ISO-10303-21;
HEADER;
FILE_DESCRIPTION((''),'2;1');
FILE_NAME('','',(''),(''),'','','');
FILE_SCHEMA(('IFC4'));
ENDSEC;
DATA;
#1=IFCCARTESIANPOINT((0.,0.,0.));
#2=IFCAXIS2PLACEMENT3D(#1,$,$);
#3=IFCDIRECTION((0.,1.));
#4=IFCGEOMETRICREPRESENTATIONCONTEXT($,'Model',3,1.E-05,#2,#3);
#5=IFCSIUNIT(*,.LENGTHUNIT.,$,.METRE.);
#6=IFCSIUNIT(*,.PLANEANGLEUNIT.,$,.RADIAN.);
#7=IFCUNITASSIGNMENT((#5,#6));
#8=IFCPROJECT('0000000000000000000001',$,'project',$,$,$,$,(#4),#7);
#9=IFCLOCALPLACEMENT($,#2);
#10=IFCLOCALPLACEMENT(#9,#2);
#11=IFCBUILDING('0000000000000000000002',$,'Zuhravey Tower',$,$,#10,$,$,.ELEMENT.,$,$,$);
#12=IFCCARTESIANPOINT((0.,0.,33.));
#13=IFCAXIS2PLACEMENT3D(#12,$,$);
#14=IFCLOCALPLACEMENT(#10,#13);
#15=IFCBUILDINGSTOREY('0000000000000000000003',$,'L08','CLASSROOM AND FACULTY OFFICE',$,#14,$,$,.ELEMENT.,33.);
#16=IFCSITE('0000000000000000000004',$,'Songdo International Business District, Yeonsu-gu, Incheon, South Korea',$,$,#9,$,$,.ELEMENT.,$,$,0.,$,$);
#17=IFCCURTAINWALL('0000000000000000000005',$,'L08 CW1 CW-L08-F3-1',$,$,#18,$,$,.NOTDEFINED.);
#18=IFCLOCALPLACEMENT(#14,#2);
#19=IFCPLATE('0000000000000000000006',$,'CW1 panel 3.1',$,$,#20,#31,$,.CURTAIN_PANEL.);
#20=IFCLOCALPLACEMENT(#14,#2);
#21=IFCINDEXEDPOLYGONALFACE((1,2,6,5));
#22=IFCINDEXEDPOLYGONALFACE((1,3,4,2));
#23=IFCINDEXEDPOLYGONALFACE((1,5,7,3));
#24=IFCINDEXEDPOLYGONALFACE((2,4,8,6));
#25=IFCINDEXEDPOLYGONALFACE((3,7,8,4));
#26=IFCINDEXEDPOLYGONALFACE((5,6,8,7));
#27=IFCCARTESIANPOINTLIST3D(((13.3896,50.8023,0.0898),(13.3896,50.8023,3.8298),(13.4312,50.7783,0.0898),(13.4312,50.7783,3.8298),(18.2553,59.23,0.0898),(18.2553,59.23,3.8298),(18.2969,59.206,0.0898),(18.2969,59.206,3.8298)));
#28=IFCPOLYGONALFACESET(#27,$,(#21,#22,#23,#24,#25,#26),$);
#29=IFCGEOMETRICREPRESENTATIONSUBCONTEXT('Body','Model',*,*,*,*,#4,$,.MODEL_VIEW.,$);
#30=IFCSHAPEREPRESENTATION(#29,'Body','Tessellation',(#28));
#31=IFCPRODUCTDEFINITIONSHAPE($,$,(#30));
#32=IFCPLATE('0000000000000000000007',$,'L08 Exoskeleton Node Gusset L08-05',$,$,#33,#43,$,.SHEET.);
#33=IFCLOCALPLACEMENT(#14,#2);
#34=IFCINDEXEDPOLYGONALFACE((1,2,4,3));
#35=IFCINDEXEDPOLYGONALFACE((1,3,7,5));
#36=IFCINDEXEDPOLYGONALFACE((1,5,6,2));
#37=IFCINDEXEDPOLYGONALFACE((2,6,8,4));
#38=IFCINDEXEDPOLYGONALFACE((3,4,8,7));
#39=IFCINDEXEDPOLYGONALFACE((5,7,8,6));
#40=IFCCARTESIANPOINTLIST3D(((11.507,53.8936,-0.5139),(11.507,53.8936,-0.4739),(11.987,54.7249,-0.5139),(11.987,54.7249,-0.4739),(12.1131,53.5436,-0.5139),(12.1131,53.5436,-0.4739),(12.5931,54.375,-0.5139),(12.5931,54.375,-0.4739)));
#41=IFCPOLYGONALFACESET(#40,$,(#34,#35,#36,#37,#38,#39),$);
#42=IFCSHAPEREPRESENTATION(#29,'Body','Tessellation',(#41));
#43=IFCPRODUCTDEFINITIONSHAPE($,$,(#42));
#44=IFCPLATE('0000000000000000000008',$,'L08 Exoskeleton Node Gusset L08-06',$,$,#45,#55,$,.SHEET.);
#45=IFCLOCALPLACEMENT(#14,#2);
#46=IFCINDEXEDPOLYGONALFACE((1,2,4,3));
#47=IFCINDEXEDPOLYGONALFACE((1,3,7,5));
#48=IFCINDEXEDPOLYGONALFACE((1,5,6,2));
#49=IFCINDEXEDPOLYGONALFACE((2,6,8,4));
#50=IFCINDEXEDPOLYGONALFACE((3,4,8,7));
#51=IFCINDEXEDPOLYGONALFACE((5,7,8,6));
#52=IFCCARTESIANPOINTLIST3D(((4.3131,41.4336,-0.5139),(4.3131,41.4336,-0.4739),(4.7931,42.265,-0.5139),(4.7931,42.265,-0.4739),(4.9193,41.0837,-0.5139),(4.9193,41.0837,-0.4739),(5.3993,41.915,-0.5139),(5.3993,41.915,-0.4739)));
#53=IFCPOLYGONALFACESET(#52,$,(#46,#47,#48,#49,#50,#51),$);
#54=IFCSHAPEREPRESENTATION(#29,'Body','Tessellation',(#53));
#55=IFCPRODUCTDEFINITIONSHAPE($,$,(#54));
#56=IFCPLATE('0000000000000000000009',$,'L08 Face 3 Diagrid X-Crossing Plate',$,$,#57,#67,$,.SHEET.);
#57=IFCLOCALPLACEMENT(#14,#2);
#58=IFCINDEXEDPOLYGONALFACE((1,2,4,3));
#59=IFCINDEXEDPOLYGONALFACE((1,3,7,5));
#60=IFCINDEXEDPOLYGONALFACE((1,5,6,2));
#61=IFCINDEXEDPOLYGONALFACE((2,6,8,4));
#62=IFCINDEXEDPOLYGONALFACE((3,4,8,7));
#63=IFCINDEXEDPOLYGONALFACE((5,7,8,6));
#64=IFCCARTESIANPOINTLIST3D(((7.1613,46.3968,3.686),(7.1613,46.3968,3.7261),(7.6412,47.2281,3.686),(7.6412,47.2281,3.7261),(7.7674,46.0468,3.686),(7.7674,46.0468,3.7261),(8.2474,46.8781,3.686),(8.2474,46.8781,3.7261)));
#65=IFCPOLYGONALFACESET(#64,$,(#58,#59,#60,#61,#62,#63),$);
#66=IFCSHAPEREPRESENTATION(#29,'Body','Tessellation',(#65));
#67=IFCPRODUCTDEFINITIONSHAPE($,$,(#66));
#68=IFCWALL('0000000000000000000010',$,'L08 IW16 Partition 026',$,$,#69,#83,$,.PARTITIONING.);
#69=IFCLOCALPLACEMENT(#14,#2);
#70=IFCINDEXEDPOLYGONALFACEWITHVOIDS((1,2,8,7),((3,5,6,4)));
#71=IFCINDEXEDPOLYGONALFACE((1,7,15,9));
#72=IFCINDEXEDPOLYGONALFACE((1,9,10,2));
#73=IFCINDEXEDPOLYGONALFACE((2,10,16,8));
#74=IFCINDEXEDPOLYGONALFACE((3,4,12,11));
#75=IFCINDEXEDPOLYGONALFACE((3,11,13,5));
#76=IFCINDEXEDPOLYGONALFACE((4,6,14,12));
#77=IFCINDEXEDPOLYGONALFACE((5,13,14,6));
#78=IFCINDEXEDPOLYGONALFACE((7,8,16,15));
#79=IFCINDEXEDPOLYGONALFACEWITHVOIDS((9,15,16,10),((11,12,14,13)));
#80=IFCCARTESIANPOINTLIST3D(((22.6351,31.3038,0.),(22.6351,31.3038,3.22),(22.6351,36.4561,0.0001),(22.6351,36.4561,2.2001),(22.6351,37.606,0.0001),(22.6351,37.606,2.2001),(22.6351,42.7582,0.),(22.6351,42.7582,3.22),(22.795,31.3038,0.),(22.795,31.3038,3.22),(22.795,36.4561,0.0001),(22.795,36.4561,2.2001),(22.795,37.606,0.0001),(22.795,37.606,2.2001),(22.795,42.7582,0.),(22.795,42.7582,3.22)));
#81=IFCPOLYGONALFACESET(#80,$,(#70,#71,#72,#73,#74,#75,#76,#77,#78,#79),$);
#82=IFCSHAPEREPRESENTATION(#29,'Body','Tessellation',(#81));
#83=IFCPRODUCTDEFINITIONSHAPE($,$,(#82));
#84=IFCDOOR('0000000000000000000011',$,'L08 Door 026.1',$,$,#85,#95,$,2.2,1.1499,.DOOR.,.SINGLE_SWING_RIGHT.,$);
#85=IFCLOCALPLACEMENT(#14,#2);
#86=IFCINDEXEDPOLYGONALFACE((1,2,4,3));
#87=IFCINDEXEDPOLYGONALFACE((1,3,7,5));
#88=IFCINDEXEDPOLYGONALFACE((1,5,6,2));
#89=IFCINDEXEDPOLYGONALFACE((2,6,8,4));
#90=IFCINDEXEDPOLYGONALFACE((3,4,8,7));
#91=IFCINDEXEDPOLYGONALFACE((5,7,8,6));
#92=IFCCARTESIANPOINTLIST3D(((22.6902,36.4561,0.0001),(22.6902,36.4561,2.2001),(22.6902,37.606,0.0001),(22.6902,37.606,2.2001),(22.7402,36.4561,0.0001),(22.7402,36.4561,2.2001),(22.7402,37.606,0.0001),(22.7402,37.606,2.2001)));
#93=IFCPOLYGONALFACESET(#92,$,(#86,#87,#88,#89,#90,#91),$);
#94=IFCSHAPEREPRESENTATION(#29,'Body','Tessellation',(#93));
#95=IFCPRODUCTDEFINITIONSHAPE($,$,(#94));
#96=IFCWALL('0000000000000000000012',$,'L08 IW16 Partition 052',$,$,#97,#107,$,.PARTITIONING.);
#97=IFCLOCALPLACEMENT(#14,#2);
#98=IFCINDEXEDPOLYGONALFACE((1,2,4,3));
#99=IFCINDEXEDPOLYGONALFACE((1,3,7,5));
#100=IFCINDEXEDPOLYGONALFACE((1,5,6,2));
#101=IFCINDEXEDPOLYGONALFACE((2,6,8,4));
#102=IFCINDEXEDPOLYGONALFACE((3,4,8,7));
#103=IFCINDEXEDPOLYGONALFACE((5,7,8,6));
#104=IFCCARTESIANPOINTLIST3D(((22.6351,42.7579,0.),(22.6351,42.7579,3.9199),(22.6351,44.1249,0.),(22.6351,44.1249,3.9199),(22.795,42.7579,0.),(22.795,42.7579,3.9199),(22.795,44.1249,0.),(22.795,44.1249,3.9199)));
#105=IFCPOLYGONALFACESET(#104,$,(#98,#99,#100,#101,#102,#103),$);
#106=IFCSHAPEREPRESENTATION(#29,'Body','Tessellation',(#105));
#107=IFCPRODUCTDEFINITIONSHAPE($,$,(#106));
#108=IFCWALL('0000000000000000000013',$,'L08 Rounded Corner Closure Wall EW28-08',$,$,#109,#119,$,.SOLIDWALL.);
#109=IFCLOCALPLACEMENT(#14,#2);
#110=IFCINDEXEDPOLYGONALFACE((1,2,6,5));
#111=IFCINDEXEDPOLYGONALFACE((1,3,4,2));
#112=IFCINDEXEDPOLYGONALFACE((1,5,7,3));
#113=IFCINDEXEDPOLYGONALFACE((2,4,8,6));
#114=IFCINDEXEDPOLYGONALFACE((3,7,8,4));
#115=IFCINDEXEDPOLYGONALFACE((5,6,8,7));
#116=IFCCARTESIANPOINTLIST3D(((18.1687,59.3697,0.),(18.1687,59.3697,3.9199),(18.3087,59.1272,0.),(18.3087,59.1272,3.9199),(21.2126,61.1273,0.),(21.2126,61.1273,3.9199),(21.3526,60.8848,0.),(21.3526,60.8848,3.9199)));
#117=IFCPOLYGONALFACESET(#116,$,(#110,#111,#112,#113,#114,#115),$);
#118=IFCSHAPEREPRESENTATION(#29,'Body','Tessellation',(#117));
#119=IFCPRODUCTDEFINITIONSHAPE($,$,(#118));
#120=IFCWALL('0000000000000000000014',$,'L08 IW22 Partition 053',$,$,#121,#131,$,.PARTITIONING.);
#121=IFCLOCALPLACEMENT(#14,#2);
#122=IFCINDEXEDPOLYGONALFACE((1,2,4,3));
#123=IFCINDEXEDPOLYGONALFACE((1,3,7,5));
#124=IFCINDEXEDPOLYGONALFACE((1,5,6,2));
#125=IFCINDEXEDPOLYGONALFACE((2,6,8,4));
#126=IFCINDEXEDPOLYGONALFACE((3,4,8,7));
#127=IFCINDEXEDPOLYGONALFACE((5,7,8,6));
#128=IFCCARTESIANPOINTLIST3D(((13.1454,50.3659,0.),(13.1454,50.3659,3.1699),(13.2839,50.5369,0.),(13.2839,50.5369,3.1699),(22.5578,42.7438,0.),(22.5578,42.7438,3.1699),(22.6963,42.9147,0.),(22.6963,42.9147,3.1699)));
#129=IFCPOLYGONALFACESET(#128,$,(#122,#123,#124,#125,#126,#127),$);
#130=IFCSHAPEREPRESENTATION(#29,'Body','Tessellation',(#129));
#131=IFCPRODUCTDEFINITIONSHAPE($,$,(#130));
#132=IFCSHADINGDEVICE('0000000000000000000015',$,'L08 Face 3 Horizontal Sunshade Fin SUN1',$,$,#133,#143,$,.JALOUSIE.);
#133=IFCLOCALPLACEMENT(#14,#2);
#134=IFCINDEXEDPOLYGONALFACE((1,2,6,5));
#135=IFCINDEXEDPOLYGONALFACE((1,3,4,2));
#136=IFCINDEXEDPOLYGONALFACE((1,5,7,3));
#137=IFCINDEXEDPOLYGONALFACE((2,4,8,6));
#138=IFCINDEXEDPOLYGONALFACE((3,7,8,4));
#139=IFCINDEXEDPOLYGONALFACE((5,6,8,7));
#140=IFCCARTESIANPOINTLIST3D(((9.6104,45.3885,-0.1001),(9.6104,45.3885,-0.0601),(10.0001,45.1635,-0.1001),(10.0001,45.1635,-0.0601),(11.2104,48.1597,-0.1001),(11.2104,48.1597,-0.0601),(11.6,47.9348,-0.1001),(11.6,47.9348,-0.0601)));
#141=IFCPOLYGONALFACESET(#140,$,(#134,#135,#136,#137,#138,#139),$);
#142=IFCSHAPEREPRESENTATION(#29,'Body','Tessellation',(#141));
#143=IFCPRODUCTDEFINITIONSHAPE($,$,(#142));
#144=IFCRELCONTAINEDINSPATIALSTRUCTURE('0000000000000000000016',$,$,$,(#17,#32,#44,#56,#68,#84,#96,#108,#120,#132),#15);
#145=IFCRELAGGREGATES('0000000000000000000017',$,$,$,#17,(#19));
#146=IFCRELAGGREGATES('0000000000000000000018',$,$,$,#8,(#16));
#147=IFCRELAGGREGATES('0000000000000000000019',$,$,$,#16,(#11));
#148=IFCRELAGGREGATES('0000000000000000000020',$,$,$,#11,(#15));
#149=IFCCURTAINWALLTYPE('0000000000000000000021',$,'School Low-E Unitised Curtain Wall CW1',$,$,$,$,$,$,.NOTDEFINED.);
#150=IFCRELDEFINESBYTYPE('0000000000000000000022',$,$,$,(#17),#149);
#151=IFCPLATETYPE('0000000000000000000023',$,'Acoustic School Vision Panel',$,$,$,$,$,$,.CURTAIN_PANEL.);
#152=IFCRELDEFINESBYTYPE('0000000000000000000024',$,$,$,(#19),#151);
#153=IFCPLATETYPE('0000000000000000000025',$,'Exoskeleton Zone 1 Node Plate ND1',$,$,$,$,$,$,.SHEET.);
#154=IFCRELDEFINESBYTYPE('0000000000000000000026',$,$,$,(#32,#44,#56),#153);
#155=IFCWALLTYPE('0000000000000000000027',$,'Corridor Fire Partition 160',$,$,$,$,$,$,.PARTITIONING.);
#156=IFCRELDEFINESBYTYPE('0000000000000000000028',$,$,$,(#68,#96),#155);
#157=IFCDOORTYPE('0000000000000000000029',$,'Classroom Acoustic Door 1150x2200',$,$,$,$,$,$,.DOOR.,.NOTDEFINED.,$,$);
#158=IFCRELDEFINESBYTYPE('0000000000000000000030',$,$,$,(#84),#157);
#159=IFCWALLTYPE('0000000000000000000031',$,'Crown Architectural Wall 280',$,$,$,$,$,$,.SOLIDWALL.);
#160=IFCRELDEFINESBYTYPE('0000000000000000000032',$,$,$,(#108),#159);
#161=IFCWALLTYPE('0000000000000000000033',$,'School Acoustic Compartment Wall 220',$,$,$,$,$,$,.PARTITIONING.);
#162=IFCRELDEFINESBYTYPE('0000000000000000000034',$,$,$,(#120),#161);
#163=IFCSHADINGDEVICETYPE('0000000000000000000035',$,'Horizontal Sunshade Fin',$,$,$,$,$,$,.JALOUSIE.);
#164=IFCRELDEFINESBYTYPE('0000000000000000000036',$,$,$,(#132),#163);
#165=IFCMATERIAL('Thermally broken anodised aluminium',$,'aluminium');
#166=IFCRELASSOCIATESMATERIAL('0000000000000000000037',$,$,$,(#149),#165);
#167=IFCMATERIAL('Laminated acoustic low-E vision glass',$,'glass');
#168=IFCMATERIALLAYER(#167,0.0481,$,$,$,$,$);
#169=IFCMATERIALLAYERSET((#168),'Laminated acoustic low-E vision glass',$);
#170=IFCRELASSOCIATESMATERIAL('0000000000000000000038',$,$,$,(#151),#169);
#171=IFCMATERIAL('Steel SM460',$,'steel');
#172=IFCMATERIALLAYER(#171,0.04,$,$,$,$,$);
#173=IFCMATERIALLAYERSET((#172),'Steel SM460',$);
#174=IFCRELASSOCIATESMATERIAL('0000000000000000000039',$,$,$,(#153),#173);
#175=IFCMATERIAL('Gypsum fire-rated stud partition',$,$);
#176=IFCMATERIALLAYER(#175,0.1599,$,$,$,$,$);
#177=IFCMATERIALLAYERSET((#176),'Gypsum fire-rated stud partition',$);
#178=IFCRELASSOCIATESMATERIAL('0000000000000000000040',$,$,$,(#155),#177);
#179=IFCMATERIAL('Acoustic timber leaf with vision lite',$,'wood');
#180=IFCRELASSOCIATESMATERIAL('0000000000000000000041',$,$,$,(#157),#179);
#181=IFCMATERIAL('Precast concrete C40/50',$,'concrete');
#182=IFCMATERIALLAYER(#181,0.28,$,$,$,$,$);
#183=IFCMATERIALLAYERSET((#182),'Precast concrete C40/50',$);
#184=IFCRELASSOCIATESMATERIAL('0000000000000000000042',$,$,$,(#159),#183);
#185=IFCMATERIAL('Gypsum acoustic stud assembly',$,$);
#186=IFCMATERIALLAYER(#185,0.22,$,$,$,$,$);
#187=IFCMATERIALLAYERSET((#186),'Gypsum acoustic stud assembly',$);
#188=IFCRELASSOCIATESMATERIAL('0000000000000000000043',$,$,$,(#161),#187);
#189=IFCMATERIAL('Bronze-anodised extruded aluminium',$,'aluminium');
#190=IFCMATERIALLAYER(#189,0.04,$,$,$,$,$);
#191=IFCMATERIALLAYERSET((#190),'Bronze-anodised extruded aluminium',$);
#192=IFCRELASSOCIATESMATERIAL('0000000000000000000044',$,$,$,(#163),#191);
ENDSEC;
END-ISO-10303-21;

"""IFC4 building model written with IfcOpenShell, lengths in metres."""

from ifc_helpers import new_model, si_unit, direction, frame, frame_2d, origin, origin_2d, place, context, subcontext, project, spatial, rectangle, extrude, material, layer, layer_set, type_object, element, fill, aggregate, save


model = new_model("IFC4")

# Units and contexts
model_context = context("Model", 3, precision=1e-05, world=origin(), true_north=direction((0.0, 1.0)))
body_context = subcontext(model_context, "Body", "Model", "MODEL_VIEW")
ifc_project = project(units=[si_unit("LENGTHUNIT", "METRE"), si_unit("PLANEANGLEUNIT", "RADIAN")], contexts=[model_context])

# Site, building, storey
site_placement = place(None, origin())
site = spatial("IfcSite", under=ifc_project, at=site_placement, Name="Songdo International Business District, Yeonsu-gu, Incheon, South Korea", CompositionType="ELEMENT", RefElevation=0.0)
building_placement = place(site_placement, origin())
building = spatial("IfcBuilding", under=site, at=building_placement, Name="Zuhravey Tower", CompositionType="ELEMENT")
storey_placement = place(building_placement, frame((0.0, 0.0, 33.0)))
storey = spatial("IfcBuildingStorey", under=building, at=storey_placement, Name="L08", Description="CLASSROOM AND FACULTY OFFICE", CompositionType="ELEMENT", Elevation=33.0)

# Curtain wall
ifc_material_1 = material(Name="Thermally broken anodised aluminium", Category="aluminium")
curtain_wall_type = type_object("IfcCurtainWallType", Name="School Low-E Unitised Curtain Wall CW1", PredefinedType="NOTDEFINED", material=ifc_material_1)
curtain_wall_1_placement = place(storey_placement, origin())
curtain_wall_1 = element("IfcCurtainWall", 1, at=curtain_wall_1_placement, inside=storey, type_object=curtain_wall_type, Name="L08 CW1 CW-L08-F3-1", PredefinedType="NOTDEFINED")

# Shared definitions
ifc_material_2 = material(Name="Steel SM460", Category="steel")

# Plate
ifc_material_3 = material(Name="Laminated acoustic low-E vision glass", Category="glass")
ifc_layer_1 = layer(ifc_material_3, 0.0481)
ifc_layer_set_1 = layer_set([ifc_layer_1], Name="Laminated acoustic low-E vision glass")
plate_type_1 = type_object("IfcPlateType", Name="Acoustic School Vision Panel", PredefinedType="CURTAIN_PANEL", material=ifc_layer_set_1)
plate_1_placement = place(storey_placement, frame((15.8433, 55.0042, 0.0898), z_axis=(0.0, 0.0, 1.0), x_axis=(0.5, 0.866026, 0.0)))
plate_1 = element("IfcPlate", 2, at=plate_1_placement, type_object=plate_type_1, Name="CW1 panel 3.1", PredefinedType="CURTAIN_PANEL", context=body_context, shape_type="SweptSolid", body=[
    extrude(rectangle(XDim=9.7314, YDim=0.0481, at=origin_2d()), origin(), (0.0, 0.0, 1.0), 3.74),
])
aggregate(curtain_wall_1, [plate_1])

# Plates
ifc_layer_2 = layer(ifc_material_2, 0.04)
ifc_layer_set_2 = layer_set([ifc_layer_2], Name="Steel SM460")
plate_type_2 = type_object("IfcPlateType", Name="Exoskeleton Zone 1 Node Plate ND1", PredefinedType="SHEET", material=ifc_layer_set_2)
for number, where, z_axis, x_axis, name in (
    (3, (12.05, 54.1343, -0.5139), (0.0, 0.0, 1.0), (-0.5, -0.866025, 0.0), "L08 Exoskeleton Node Gusset L08-05"),
    (4, (4.8562, 41.6743, -0.5139), (0.0, 0.0, 1.0), (-0.5, -0.866025, 0.0), "L08 Exoskeleton Node Gusset L08-06"),
    (5, (7.7043, 46.6375, 3.686), (0.0, 0.0, 1.0), (-0.5, -0.866025, 0.0), "L08 Face 3 Diagrid X-Crossing Plate"),
):
    element("IfcPlate", number, at=place(storey_placement, frame(where, z_axis=z_axis, x_axis=x_axis)), inside=storey, type_object=plate_type_2, Name=name, PredefinedType="SHEET", context=body_context, shape_type="SweptSolid", body=[
        extrude(rectangle(XDim=0.96, YDim=0.7, at=origin_2d()), origin(), (0.0, 0.0, 1.0), 0.04),
    ])

# Wall, opening, door
ifc_material_4 = material(Name="Gypsum fire-rated stud partition")
ifc_layer_3 = layer(ifc_material_4, 0.1599)
ifc_layer_set_3 = layer_set([ifc_layer_3], Name="Gypsum fire-rated stud partition")
wall_type_1 = type_object("IfcWallType", Name="Corridor Fire Partition 160", PredefinedType="PARTITIONING", material=ifc_layer_set_3)
wall_1_placement = place(storey_placement, frame((22.7151, 42.7581, 0.0), z_axis=(0.0, 0.0, 1.0), x_axis=(0.0, -1.0, 0.0)))
wall_1 = element("IfcWall", 6, at=wall_1_placement, inside=storey, type_object=wall_type_1, Name="L08 IW16 Partition 026", PredefinedType="PARTITIONING", context=body_context, shape_type="SweptSolid", body=[
    extrude(rectangle(XDim=11.4543, YDim=0.1599, at=frame_2d((5.7271, 0.0))), origin(), (0.0, 0.0, 1.0), 3.22),
])
opening_placement = place(wall_1_placement, frame((5.1521, 0.0, 0.0)))
opening = element("IfcOpeningElement", 7, at=opening_placement, cuts=wall_1, PredefinedType="OPENING", context=body_context, shape_type="SweptSolid", body=[
    extrude(rectangle(XDim=1.1499, YDim=2.2, at=frame_2d((0.575, 1.1001))), frame((0.0, 0.092, 0.0), z_axis=(0.0, -1.0, 0.0), x_axis=(1.0, 0.0, 0.0)), (0.0, 0.0, 1.0), 0.1838),
])
ifc_material_5 = material(Name="Acoustic timber leaf with vision lite", Category="wood")
door_type = type_object("IfcDoorType", Name="Classroom Acoustic Door 1150x2200", OperationType="NOTDEFINED", PredefinedType="DOOR", material=ifc_material_5)
door_placement = place(opening_placement, frame((1.1499, 0.0, 0.0), z_axis=(0.0, 0.0, 1.0), x_axis=(-1.0, 0.0, 0.0)))
door = element("IfcDoor", 8, at=door_placement, inside=storey, type_object=door_type, Name="L08 Door 026.1", OperationType="SINGLE_SWING_RIGHT", OverallHeight=2.2, OverallWidth=1.1499, PredefinedType="DOOR", context=body_context, shape_type="SweptSolid", body=[
    extrude(rectangle(XDim=1.1499, YDim=2.2, at=frame_2d((0.575, 1.1001))), frame((0.0, 0.0249, 0.0), z_axis=(0.0, -1.0, 0.0), x_axis=(1.0, 0.0, 0.0)), (0.0, 0.0, 1.0), 0.05),
])
fill(opening, door)

# Walls
wall_2_placement = place(storey_placement, frame((22.7151, 44.125, 0.0), z_axis=(0.0, 0.0, 1.0), x_axis=(0.0, -1.0, 0.0)))
element("IfcWall", 9, at=wall_2_placement, inside=storey, type_object=wall_type_1, Name="L08 IW16 Partition 052", PredefinedType="PARTITIONING", context=body_context, shape_type="SweptSolid", body=[
    extrude(rectangle(XDim=1.3669, YDim=0.1599, at=frame_2d((0.6836, 0.0))), origin(), (0.0, 0.0, 1.0), 3.9199),
])
ifc_material_6 = material(Name="Precast concrete C40/50", Category="concrete")
ifc_layer_4 = layer(ifc_material_6, 0.28)
ifc_layer_set_4 = layer_set([ifc_layer_4], Name="Precast concrete C40/50")
wall_type_2 = type_object("IfcWallType", Name="Crown Architectural Wall 280", PredefinedType="SOLIDWALL", material=ifc_layer_set_4)
wall_3_placement = place(storey_placement, frame((18.2388, 59.2485, 0.0), z_axis=(0.0, 0.0, 1.0), x_axis=(0.866007, 0.500031, 0.0)))
element("IfcWall", 10, at=wall_3_placement, inside=storey, type_object=wall_type_2, Name="L08 Rounded Corner Closure Wall EW28-08", PredefinedType="SOLIDWALL", context=body_context, shape_type="SweptSolid", body=[
    extrude(rectangle(XDim=3.5149, YDim=0.28, at=frame_2d((1.7573, 0.0))), origin(), (0.0, 0.0, 1.0), 3.9199),
])
ifc_material_7 = material(Name="Gypsum acoustic stud assembly")
ifc_layer_5 = layer(ifc_material_7, 0.22)
ifc_layer_set_5 = layer_set([ifc_layer_5], Name="Gypsum acoustic stud assembly")
wall_type_3 = type_object("IfcWallType", Name="School Acoustic Compartment Wall 220", PredefinedType="PARTITIONING", material=ifc_layer_set_5)
wall_4_placement = place(storey_placement, frame((22.627, 42.8293, 0.0), z_axis=(0.0, 0.0, 1.0), x_axis=(-0.777142, 0.629325, 0.0)))
element("IfcWall", 11, at=wall_4_placement, inside=storey, type_object=wall_type_3, Name="L08 IW22 Partition 053", PredefinedType="PARTITIONING", context=body_context, shape_type="SweptSolid", body=[
    extrude(rectangle(XDim=12.1116, YDim=0.22, at=frame_2d((6.0557, 0.0))), origin(), (0.0, 0.0, 1.0), 3.1699),
])

# Shading device
ifc_material_8 = material(Name="Bronze-anodised extruded aluminium", Category="aluminium")
ifc_layer_6 = layer(ifc_material_8, 0.04)
ifc_layer_set_6 = layer_set([ifc_layer_6], Name="Bronze-anodised extruded aluminium")
shading_device_type = type_object("IfcShadingDeviceType", Name="Horizontal Sunshade Fin", PredefinedType="JALOUSIE", material=ifc_layer_set_6)
shading_device_placement = place(storey_placement, frame((10.6052, 46.6616, -0.1001), z_axis=(0.0, 0.0, 1.0), x_axis=(0.5, 0.866025, 0.0)))
element("IfcShadingDevice", 12, at=shading_device_placement, inside=storey, type_object=shading_device_type, Name="L08 Face 3 Horizontal Sunshade Fin SUN1", PredefinedType="JALOUSIE", context=body_context, shape_type="SweptSolid", body=[
    extrude(rectangle(XDim=3.2, YDim=0.45, at=origin_2d()), origin(), (0.0, 0.0, 1.0), 0.04),
])

save(model, "model.ifc")
